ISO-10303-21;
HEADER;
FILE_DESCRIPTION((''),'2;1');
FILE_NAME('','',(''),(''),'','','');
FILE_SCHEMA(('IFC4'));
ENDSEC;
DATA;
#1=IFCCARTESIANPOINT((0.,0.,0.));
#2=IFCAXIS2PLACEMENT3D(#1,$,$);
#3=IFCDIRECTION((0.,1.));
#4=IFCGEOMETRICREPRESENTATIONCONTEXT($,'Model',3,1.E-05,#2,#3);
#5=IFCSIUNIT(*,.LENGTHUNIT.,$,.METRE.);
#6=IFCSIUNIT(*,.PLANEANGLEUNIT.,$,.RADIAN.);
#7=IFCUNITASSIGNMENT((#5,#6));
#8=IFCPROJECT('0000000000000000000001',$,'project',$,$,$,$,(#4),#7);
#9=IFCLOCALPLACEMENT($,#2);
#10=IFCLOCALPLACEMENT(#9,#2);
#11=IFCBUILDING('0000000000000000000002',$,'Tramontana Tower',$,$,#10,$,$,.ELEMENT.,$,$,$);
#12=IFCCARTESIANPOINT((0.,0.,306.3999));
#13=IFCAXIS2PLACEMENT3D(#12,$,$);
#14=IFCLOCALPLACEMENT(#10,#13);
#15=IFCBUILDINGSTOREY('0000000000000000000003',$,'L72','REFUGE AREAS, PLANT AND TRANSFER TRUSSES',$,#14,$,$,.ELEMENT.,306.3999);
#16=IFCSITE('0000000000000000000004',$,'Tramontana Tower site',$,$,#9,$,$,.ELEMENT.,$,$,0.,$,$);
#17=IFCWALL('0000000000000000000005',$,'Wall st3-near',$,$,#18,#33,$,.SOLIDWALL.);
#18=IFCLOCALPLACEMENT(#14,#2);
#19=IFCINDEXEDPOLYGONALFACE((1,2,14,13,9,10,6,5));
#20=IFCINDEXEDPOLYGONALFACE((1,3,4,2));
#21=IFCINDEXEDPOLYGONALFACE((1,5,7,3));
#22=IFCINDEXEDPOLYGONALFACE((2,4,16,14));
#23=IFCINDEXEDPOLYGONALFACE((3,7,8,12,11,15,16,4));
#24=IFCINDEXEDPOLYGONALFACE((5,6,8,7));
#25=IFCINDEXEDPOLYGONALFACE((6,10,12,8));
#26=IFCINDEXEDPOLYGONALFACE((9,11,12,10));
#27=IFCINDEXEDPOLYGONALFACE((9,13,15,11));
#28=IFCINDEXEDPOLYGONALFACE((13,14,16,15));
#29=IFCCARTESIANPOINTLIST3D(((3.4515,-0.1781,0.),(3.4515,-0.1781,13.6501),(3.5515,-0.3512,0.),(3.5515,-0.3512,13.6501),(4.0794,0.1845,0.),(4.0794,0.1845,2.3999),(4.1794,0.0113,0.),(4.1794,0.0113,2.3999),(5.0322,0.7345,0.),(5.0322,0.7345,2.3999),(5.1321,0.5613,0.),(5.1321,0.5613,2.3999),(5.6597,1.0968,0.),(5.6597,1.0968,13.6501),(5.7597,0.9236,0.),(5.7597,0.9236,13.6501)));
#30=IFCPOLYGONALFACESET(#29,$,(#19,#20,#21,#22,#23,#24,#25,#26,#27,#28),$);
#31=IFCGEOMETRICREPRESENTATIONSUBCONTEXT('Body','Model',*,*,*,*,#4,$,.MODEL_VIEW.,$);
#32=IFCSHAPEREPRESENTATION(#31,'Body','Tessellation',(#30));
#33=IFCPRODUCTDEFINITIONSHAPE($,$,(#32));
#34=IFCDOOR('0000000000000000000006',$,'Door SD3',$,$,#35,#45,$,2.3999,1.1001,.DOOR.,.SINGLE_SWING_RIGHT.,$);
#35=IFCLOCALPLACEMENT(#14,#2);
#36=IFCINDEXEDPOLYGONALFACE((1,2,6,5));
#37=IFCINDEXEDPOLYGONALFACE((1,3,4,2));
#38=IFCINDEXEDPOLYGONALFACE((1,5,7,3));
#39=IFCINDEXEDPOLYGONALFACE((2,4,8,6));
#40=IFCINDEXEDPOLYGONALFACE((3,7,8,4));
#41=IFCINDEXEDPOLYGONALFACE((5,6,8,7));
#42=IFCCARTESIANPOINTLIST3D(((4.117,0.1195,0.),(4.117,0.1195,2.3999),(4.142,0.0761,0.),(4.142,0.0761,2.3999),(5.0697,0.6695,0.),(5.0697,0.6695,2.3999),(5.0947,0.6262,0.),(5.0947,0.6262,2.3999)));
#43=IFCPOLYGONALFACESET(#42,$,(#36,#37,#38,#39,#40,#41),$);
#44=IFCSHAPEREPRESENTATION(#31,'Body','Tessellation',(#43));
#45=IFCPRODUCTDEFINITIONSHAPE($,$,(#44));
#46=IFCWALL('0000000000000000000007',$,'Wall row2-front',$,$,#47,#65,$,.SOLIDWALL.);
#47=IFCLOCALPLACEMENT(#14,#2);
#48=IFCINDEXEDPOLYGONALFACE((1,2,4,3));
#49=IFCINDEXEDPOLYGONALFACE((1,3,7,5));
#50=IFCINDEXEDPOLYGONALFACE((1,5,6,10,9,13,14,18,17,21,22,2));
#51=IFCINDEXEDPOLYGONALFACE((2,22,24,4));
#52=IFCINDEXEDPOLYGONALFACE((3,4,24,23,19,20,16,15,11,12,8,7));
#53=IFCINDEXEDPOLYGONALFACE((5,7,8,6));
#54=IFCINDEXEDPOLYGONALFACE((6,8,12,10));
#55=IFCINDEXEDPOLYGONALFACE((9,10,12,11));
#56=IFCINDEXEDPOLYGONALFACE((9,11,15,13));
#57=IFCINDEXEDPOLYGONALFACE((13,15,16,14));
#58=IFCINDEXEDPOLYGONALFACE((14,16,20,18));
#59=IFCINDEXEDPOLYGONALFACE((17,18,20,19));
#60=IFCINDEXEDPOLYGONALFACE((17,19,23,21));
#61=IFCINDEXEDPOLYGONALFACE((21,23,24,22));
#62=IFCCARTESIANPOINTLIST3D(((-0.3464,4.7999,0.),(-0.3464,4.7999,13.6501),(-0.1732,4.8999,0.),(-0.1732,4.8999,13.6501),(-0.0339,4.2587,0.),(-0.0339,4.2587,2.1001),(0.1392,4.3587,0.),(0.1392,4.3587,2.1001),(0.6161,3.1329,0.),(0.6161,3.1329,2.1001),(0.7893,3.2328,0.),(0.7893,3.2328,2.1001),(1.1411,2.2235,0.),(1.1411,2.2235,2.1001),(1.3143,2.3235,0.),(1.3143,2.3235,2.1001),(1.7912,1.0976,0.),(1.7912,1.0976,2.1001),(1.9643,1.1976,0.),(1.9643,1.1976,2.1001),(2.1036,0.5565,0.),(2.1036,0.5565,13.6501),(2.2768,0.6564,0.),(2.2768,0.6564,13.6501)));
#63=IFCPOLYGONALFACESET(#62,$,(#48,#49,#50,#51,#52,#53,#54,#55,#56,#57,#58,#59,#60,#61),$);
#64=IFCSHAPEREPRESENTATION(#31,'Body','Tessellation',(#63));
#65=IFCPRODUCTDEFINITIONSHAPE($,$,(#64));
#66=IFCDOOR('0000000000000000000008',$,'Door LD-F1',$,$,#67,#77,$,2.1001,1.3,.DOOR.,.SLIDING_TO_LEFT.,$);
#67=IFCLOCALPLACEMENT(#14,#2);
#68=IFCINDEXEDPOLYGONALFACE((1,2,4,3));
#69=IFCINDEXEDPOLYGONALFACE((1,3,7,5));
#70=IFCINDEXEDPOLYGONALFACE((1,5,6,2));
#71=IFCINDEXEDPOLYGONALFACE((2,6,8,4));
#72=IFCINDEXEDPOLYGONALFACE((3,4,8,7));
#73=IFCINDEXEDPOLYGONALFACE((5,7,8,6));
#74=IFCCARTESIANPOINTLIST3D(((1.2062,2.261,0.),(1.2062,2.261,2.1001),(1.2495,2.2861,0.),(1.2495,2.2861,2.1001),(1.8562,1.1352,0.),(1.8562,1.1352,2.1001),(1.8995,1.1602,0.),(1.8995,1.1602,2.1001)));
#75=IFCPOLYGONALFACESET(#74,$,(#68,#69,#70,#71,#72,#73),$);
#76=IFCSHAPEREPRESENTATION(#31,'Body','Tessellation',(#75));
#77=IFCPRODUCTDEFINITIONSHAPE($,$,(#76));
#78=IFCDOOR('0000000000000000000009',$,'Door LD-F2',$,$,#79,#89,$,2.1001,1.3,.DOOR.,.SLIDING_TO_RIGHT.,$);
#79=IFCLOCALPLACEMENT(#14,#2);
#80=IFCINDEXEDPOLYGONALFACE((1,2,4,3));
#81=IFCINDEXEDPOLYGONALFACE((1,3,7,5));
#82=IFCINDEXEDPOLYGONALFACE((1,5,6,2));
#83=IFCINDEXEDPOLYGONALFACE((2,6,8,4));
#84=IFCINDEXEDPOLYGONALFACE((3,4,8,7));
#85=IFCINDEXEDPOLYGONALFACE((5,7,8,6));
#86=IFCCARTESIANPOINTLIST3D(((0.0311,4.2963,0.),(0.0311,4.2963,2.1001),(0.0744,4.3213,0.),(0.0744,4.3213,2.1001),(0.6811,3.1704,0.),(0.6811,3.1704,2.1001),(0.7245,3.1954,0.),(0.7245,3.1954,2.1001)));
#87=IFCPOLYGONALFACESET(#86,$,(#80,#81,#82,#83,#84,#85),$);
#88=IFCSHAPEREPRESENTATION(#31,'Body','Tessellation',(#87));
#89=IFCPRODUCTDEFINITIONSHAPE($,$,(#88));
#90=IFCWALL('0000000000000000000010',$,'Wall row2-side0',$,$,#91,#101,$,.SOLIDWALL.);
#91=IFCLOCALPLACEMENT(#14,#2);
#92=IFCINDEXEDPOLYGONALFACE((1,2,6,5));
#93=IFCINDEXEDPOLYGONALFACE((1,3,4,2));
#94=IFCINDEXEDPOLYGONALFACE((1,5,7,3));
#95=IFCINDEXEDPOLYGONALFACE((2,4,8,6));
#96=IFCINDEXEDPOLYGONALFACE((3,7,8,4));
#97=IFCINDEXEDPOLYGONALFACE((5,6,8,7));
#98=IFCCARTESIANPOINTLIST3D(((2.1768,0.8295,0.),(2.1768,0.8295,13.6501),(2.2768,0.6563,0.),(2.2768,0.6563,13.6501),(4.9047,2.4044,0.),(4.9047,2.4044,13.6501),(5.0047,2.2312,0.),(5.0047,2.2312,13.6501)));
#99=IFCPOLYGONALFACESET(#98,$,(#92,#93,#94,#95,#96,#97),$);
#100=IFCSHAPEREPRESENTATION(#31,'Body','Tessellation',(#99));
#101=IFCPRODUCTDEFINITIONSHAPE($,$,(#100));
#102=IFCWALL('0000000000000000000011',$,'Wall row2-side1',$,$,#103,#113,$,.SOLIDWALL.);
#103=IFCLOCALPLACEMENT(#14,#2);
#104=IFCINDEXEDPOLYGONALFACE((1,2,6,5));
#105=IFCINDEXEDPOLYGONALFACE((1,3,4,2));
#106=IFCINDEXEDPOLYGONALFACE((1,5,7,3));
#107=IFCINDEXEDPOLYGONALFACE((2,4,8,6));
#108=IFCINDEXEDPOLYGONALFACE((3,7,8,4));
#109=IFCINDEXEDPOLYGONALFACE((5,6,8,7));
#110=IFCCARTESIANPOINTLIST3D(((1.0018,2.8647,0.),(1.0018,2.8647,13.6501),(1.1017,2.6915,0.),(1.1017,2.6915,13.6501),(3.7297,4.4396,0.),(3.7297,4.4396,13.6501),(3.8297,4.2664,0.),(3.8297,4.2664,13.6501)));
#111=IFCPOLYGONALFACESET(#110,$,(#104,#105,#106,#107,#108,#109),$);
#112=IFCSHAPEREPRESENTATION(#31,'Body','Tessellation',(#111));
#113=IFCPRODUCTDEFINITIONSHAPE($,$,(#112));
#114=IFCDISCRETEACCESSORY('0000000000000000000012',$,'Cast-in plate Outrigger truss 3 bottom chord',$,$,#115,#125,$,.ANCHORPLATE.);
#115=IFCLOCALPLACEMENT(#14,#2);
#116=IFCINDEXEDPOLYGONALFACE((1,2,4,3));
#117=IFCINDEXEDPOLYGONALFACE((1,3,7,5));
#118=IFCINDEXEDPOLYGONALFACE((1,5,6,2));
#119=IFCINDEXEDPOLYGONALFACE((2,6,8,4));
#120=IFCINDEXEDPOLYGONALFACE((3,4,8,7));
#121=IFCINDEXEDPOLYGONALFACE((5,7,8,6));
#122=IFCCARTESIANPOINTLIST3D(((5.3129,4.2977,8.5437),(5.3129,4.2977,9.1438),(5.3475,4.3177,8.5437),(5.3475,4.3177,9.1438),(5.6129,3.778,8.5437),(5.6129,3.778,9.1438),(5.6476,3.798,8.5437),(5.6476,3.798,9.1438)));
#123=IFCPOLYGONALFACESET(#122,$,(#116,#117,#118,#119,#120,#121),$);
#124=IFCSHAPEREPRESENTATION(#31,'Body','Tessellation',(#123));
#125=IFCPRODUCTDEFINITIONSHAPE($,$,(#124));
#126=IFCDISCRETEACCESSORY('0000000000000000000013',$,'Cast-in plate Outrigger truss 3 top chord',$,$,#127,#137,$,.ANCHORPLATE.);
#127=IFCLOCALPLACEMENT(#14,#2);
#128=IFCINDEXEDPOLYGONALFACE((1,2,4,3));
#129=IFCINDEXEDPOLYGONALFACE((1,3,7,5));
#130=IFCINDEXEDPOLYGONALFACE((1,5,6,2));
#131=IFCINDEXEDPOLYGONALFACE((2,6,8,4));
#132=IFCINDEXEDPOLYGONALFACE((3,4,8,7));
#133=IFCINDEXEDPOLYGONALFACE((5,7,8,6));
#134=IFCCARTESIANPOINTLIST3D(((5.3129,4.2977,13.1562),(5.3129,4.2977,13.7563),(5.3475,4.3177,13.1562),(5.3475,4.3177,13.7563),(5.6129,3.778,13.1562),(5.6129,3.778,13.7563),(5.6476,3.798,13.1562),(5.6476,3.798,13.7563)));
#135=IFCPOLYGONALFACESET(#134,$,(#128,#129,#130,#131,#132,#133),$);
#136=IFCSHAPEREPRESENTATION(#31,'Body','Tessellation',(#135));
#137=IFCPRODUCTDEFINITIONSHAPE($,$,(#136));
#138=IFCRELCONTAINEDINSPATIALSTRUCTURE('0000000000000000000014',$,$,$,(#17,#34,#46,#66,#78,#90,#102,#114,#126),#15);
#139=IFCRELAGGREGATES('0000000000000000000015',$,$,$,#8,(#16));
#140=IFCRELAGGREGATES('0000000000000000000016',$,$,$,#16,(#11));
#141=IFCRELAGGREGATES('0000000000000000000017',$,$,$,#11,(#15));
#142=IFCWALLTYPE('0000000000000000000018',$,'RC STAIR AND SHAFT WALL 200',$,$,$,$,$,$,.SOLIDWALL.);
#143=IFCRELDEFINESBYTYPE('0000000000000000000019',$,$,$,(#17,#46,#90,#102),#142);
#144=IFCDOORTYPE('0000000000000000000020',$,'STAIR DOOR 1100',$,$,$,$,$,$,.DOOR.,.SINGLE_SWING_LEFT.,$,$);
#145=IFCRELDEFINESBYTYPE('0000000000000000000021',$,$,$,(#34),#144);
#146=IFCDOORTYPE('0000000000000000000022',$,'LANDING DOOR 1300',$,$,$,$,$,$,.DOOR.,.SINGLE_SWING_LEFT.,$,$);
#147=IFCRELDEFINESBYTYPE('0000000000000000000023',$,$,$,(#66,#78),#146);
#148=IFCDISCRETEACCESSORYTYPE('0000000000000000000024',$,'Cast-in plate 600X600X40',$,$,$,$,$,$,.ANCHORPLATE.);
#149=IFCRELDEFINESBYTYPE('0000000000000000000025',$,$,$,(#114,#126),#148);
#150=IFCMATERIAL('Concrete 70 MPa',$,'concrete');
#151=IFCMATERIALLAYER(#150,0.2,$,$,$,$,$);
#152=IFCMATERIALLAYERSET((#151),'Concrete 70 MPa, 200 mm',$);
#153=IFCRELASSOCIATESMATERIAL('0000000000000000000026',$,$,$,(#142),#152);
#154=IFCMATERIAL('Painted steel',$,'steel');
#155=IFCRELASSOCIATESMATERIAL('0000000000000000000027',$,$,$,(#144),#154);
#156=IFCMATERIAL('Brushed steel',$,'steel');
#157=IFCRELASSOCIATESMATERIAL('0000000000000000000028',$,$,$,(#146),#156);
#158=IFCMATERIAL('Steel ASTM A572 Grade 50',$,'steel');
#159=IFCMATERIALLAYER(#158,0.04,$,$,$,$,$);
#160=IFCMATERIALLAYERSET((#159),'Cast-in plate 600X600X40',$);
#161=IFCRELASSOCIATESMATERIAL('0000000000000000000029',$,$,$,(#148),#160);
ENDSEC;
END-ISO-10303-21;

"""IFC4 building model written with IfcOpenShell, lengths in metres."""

from ifc_helpers import new_model, si_unit, direction, frame, frame_2d, origin, origin_2d, place, context, subcontext, project, spatial, rectangle, extrude, material, layer, layer_set, type_object, element, fill, save


model = new_model("IFC4")

# Units and contexts
model_context = context("Model", 3, precision=1e-05, world=origin(), true_north=direction((0.0, 1.0)))
body_context = subcontext(model_context, "Body", "Model", "MODEL_VIEW")
ifc_project = project(units=[si_unit("LENGTHUNIT", "METRE"), si_unit("PLANEANGLEUNIT", "RADIAN")], contexts=[model_context])

# Site, building, storey
site_placement = place(None, origin())
site = spatial("IfcSite", under=ifc_project, at=site_placement, Name="Tramontana Tower site", CompositionType="ELEMENT", RefElevation=0.0)
building_placement = place(site_placement, origin())
building = spatial("IfcBuilding", under=site, at=building_placement, Name="Tramontana Tower", CompositionType="ELEMENT")
storey_placement = place(building_placement, frame((0.0, 0.0, 306.3999)))
storey = spatial("IfcBuildingStorey", under=building, at=storey_placement, Name="L72", Description="REFUGE AREAS, PLANT AND TRANSFER TRUSSES", CompositionType="ELEMENT", Elevation=306.3999)

# Wall, opening, door
ifc_material_1 = material(Name="Concrete 70 MPa", Category="concrete")
ifc_layer_1 = layer(ifc_material_1, 0.2)
ifc_layer_set_1 = layer_set([ifc_layer_1], Name="Concrete 70 MPa, 200 mm")
wall_type_1 = type_object("IfcWallType", Name="RC STAIR AND SHAFT WALL 200", PredefinedType="SOLIDWALL", material=ifc_layer_set_1)
wall_1_placement = place(storey_placement, frame((3.5015, -0.2646, 0.0), z_axis=(0.0, 0.0, 1.0), x_axis=(0.866031, 0.49999, 0.0)))
wall_1 = element("IfcWall", 1, at=wall_1_placement, inside=storey, type_object=wall_type_1, Name="Wall st3-near", PredefinedType="SOLIDWALL", context=body_context, shape_type="SweptSolid", body=[
    extrude(rectangle(XDim=2.5498, YDim=0.2, at=frame_2d((1.2749, 0.0))), origin(), (0.0, 0.0, 1.0), 13.6501),
])
opening_1_placement = place(wall_1_placement, frame((0.7251, 0.0, 0.0)))
opening_1 = element("IfcOpeningElement", 2, at=opening_1_placement, cuts=wall_1, PredefinedType="OPENING", context=body_context, shape_type="SweptSolid", body=[
    extrude(rectangle(XDim=1.1001, YDim=2.3999, at=frame_2d((0.55, 1.2))), frame((0.0, 0.1099, 0.0), z_axis=(0.0, -1.0, 0.0), x_axis=(1.0, 0.0, 0.0)), (0.0, 0.0, 1.0), 0.22),
])
ifc_material_2 = material(Name="Painted steel", Category="steel")
door_type_1 = type_object("IfcDoorType", Name="STAIR DOOR 1100", OperationType="SINGLE_SWING_LEFT", PredefinedType="DOOR", material=ifc_material_2)
door_1_placement = place(opening_1_placement, origin())
door_1 = element("IfcDoor", 3, at=door_1_placement, inside=storey, type_object=door_type_1, Name="Door SD3", OperationType="SINGLE_SWING_RIGHT", OverallHeight=2.3999, OverallWidth=1.1001, PredefinedType="DOOR", context=body_context, shape_type="SweptSolid", body=[
    extrude(rectangle(XDim=1.1001, YDim=2.3999, at=frame_2d((0.55, 1.2))), frame((0.0, 0.0249, 0.0), z_axis=(0.0, -1.0, 0.0), x_axis=(1.0, 0.0, 0.0)), (0.0, 0.0, 1.0), 0.05),
])
fill(opening_1, door_1)

# Wall, openings, doors
wall_2_placement = place(storey_placement, frame((2.1902, 0.6064, 0.0), z_axis=(0.0, 0.0, 1.0), x_axis=(-0.500003, 0.866024, 0.0)))
wall_2 = element("IfcWall", 4, at=wall_2_placement, inside=storey, type_object=wall_type_1, Name="Wall row2-front", PredefinedType="SOLIDWALL", context=body_context, shape_type="SweptSolid", body=[
    extrude(rectangle(XDim=4.8999, YDim=0.2, at=frame_2d((2.45, 0.0))), origin(), (0.0, 0.0, 1.0), 13.6501),
])
opening_2_placement = place(wall_2_placement, frame((0.625, 0.0, 0.0)))
opening_2 = element("IfcOpeningElement", 5, at=opening_2_placement, cuts=wall_2, PredefinedType="OPENING", context=body_context, shape_type="SweptSolid", body=[
    extrude(rectangle(XDim=1.3, YDim=2.1001, at=frame_2d((0.6499, 1.05))), frame((0.0, 0.1099, 0.0), z_axis=(0.0, -1.0, 0.0), x_axis=(1.0, 0.0, 0.0)), (0.0, 0.0, 1.0), 0.22),
])
opening_3_placement = place(wall_2_placement, frame((2.9751, 0.0, 0.0)))
opening_3 = element("IfcOpeningElement", 6, at=opening_3_placement, cuts=wall_2, PredefinedType="OPENING", context=body_context, shape_type="SweptSolid", body=[
    extrude(rectangle(XDim=1.3, YDim=2.1001, at=frame_2d((0.6499, 1.05))), frame((0.0, 0.1099, 0.0), z_axis=(0.0, -1.0, 0.0), x_axis=(1.0, 0.0, 0.0)), (0.0, 0.0, 1.0), 0.22),
])
ifc_material_3 = material(Name="Brushed steel", Category="steel")
door_type_2 = type_object("IfcDoorType", Name="LANDING DOOR 1300", OperationType="SINGLE_SWING_LEFT", PredefinedType="DOOR", material=ifc_material_3)
door_2_placement = place(opening_2_placement, origin())
door_2 = element("IfcDoor", 7, at=door_2_placement, inside=storey, type_object=door_type_2, Name="Door LD-F1", OperationType="SLIDING_TO_LEFT", OverallHeight=2.1001, OverallWidth=1.3, PredefinedType="DOOR", context=body_context, shape_type="SweptSolid", body=[
    extrude(rectangle(XDim=1.3, YDim=2.1001, at=frame_2d((0.6499, 1.05))), frame((0.0, 0.0249, 0.0), z_axis=(0.0, -1.0, 0.0), x_axis=(1.0, 0.0, 0.0)), (0.0, 0.0, 1.0), 0.05),
])
fill(opening_2, door_2)
door_3_placement = place(opening_3_placement, origin())
door_3 = element("IfcDoor", 8, at=door_3_placement, inside=storey, type_object=door_type_2, Name="Door LD-F2", OperationType="SLIDING_TO_RIGHT", OverallHeight=2.1001, OverallWidth=1.3, PredefinedType="DOOR", context=body_context, shape_type="SweptSolid", body=[
    extrude(rectangle(XDim=1.3, YDim=2.1001, at=frame_2d((0.6499, 1.05))), frame((0.0, 0.0249, 0.0), z_axis=(0.0, -1.0, 0.0), x_axis=(1.0, 0.0, 0.0)), (0.0, 0.0, 1.0), 0.05),
])
fill(opening_3, door_3)

# Walls
for number, where, z_axis, x_axis, name in (
    (9, (2.2268, 0.7429, 0.0), (0.0, 0.0, 1.0), (0.866036, 0.499982, 0.0), "Wall row2-side0"),
    (10, (1.0518, 2.7781, 0.0), (0.0, 0.0, 1.0), (0.866036, 0.499982, 0.0), "Wall row2-side1"),
):
    element("IfcWall", number, at=place(storey_placement, frame(where, z_axis=z_axis, x_axis=x_axis)), inside=storey, type_object=wall_type_1, Name=name, PredefinedType="SOLIDWALL", context=body_context, shape_type="SweptSolid", body=[
        extrude(rectangle(XDim=3.1499, YDim=0.2, at=frame_2d((1.575, 0.0))), origin(), (0.0, 0.0, 1.0), 13.6501),
    ])

# Discrete accessories
ifc_material_4 = material(Name="Steel ASTM A572 Grade 50", Category="steel")
ifc_layer_2 = layer(ifc_material_4, 0.04)
ifc_layer_set_2 = layer_set([ifc_layer_2], Name="Cast-in plate 600X600X40")
discrete_accessory_type = type_object("IfcDiscreteAccessoryType", Name="Cast-in plate 600X600X40", PredefinedType="ANCHORPLATE", material=ifc_layer_set_2)
for number, where, z_axis, x_axis, name in (
    (11, (5.4802, 4.0479, 8.5437), (0.0, 0.0, 1.0), (-0.5, 0.866025, 0.0), "Cast-in plate Outrigger truss 3 bottom chord"),
    (12, (5.4802, 4.0479, 13.1562), (0.0, 0.0, 1.0), (-0.5, 0.866025, 0.0), "Cast-in plate Outrigger truss 3 top chord"),
):
    element("IfcDiscreteAccessory", number, at=place(storey_placement, frame(where, z_axis=z_axis, x_axis=x_axis)), inside=storey, type_object=discrete_accessory_type, Name=name, PredefinedType="ANCHORPLATE", context=body_context, shape_type="SweptSolid", body=[
        extrude(rectangle(XDim=0.6001, YDim=0.04, at=origin_2d()), origin(), (0.0, 0.0, 1.0), 0.6001),
    ])

save(model, "model.ifc")
